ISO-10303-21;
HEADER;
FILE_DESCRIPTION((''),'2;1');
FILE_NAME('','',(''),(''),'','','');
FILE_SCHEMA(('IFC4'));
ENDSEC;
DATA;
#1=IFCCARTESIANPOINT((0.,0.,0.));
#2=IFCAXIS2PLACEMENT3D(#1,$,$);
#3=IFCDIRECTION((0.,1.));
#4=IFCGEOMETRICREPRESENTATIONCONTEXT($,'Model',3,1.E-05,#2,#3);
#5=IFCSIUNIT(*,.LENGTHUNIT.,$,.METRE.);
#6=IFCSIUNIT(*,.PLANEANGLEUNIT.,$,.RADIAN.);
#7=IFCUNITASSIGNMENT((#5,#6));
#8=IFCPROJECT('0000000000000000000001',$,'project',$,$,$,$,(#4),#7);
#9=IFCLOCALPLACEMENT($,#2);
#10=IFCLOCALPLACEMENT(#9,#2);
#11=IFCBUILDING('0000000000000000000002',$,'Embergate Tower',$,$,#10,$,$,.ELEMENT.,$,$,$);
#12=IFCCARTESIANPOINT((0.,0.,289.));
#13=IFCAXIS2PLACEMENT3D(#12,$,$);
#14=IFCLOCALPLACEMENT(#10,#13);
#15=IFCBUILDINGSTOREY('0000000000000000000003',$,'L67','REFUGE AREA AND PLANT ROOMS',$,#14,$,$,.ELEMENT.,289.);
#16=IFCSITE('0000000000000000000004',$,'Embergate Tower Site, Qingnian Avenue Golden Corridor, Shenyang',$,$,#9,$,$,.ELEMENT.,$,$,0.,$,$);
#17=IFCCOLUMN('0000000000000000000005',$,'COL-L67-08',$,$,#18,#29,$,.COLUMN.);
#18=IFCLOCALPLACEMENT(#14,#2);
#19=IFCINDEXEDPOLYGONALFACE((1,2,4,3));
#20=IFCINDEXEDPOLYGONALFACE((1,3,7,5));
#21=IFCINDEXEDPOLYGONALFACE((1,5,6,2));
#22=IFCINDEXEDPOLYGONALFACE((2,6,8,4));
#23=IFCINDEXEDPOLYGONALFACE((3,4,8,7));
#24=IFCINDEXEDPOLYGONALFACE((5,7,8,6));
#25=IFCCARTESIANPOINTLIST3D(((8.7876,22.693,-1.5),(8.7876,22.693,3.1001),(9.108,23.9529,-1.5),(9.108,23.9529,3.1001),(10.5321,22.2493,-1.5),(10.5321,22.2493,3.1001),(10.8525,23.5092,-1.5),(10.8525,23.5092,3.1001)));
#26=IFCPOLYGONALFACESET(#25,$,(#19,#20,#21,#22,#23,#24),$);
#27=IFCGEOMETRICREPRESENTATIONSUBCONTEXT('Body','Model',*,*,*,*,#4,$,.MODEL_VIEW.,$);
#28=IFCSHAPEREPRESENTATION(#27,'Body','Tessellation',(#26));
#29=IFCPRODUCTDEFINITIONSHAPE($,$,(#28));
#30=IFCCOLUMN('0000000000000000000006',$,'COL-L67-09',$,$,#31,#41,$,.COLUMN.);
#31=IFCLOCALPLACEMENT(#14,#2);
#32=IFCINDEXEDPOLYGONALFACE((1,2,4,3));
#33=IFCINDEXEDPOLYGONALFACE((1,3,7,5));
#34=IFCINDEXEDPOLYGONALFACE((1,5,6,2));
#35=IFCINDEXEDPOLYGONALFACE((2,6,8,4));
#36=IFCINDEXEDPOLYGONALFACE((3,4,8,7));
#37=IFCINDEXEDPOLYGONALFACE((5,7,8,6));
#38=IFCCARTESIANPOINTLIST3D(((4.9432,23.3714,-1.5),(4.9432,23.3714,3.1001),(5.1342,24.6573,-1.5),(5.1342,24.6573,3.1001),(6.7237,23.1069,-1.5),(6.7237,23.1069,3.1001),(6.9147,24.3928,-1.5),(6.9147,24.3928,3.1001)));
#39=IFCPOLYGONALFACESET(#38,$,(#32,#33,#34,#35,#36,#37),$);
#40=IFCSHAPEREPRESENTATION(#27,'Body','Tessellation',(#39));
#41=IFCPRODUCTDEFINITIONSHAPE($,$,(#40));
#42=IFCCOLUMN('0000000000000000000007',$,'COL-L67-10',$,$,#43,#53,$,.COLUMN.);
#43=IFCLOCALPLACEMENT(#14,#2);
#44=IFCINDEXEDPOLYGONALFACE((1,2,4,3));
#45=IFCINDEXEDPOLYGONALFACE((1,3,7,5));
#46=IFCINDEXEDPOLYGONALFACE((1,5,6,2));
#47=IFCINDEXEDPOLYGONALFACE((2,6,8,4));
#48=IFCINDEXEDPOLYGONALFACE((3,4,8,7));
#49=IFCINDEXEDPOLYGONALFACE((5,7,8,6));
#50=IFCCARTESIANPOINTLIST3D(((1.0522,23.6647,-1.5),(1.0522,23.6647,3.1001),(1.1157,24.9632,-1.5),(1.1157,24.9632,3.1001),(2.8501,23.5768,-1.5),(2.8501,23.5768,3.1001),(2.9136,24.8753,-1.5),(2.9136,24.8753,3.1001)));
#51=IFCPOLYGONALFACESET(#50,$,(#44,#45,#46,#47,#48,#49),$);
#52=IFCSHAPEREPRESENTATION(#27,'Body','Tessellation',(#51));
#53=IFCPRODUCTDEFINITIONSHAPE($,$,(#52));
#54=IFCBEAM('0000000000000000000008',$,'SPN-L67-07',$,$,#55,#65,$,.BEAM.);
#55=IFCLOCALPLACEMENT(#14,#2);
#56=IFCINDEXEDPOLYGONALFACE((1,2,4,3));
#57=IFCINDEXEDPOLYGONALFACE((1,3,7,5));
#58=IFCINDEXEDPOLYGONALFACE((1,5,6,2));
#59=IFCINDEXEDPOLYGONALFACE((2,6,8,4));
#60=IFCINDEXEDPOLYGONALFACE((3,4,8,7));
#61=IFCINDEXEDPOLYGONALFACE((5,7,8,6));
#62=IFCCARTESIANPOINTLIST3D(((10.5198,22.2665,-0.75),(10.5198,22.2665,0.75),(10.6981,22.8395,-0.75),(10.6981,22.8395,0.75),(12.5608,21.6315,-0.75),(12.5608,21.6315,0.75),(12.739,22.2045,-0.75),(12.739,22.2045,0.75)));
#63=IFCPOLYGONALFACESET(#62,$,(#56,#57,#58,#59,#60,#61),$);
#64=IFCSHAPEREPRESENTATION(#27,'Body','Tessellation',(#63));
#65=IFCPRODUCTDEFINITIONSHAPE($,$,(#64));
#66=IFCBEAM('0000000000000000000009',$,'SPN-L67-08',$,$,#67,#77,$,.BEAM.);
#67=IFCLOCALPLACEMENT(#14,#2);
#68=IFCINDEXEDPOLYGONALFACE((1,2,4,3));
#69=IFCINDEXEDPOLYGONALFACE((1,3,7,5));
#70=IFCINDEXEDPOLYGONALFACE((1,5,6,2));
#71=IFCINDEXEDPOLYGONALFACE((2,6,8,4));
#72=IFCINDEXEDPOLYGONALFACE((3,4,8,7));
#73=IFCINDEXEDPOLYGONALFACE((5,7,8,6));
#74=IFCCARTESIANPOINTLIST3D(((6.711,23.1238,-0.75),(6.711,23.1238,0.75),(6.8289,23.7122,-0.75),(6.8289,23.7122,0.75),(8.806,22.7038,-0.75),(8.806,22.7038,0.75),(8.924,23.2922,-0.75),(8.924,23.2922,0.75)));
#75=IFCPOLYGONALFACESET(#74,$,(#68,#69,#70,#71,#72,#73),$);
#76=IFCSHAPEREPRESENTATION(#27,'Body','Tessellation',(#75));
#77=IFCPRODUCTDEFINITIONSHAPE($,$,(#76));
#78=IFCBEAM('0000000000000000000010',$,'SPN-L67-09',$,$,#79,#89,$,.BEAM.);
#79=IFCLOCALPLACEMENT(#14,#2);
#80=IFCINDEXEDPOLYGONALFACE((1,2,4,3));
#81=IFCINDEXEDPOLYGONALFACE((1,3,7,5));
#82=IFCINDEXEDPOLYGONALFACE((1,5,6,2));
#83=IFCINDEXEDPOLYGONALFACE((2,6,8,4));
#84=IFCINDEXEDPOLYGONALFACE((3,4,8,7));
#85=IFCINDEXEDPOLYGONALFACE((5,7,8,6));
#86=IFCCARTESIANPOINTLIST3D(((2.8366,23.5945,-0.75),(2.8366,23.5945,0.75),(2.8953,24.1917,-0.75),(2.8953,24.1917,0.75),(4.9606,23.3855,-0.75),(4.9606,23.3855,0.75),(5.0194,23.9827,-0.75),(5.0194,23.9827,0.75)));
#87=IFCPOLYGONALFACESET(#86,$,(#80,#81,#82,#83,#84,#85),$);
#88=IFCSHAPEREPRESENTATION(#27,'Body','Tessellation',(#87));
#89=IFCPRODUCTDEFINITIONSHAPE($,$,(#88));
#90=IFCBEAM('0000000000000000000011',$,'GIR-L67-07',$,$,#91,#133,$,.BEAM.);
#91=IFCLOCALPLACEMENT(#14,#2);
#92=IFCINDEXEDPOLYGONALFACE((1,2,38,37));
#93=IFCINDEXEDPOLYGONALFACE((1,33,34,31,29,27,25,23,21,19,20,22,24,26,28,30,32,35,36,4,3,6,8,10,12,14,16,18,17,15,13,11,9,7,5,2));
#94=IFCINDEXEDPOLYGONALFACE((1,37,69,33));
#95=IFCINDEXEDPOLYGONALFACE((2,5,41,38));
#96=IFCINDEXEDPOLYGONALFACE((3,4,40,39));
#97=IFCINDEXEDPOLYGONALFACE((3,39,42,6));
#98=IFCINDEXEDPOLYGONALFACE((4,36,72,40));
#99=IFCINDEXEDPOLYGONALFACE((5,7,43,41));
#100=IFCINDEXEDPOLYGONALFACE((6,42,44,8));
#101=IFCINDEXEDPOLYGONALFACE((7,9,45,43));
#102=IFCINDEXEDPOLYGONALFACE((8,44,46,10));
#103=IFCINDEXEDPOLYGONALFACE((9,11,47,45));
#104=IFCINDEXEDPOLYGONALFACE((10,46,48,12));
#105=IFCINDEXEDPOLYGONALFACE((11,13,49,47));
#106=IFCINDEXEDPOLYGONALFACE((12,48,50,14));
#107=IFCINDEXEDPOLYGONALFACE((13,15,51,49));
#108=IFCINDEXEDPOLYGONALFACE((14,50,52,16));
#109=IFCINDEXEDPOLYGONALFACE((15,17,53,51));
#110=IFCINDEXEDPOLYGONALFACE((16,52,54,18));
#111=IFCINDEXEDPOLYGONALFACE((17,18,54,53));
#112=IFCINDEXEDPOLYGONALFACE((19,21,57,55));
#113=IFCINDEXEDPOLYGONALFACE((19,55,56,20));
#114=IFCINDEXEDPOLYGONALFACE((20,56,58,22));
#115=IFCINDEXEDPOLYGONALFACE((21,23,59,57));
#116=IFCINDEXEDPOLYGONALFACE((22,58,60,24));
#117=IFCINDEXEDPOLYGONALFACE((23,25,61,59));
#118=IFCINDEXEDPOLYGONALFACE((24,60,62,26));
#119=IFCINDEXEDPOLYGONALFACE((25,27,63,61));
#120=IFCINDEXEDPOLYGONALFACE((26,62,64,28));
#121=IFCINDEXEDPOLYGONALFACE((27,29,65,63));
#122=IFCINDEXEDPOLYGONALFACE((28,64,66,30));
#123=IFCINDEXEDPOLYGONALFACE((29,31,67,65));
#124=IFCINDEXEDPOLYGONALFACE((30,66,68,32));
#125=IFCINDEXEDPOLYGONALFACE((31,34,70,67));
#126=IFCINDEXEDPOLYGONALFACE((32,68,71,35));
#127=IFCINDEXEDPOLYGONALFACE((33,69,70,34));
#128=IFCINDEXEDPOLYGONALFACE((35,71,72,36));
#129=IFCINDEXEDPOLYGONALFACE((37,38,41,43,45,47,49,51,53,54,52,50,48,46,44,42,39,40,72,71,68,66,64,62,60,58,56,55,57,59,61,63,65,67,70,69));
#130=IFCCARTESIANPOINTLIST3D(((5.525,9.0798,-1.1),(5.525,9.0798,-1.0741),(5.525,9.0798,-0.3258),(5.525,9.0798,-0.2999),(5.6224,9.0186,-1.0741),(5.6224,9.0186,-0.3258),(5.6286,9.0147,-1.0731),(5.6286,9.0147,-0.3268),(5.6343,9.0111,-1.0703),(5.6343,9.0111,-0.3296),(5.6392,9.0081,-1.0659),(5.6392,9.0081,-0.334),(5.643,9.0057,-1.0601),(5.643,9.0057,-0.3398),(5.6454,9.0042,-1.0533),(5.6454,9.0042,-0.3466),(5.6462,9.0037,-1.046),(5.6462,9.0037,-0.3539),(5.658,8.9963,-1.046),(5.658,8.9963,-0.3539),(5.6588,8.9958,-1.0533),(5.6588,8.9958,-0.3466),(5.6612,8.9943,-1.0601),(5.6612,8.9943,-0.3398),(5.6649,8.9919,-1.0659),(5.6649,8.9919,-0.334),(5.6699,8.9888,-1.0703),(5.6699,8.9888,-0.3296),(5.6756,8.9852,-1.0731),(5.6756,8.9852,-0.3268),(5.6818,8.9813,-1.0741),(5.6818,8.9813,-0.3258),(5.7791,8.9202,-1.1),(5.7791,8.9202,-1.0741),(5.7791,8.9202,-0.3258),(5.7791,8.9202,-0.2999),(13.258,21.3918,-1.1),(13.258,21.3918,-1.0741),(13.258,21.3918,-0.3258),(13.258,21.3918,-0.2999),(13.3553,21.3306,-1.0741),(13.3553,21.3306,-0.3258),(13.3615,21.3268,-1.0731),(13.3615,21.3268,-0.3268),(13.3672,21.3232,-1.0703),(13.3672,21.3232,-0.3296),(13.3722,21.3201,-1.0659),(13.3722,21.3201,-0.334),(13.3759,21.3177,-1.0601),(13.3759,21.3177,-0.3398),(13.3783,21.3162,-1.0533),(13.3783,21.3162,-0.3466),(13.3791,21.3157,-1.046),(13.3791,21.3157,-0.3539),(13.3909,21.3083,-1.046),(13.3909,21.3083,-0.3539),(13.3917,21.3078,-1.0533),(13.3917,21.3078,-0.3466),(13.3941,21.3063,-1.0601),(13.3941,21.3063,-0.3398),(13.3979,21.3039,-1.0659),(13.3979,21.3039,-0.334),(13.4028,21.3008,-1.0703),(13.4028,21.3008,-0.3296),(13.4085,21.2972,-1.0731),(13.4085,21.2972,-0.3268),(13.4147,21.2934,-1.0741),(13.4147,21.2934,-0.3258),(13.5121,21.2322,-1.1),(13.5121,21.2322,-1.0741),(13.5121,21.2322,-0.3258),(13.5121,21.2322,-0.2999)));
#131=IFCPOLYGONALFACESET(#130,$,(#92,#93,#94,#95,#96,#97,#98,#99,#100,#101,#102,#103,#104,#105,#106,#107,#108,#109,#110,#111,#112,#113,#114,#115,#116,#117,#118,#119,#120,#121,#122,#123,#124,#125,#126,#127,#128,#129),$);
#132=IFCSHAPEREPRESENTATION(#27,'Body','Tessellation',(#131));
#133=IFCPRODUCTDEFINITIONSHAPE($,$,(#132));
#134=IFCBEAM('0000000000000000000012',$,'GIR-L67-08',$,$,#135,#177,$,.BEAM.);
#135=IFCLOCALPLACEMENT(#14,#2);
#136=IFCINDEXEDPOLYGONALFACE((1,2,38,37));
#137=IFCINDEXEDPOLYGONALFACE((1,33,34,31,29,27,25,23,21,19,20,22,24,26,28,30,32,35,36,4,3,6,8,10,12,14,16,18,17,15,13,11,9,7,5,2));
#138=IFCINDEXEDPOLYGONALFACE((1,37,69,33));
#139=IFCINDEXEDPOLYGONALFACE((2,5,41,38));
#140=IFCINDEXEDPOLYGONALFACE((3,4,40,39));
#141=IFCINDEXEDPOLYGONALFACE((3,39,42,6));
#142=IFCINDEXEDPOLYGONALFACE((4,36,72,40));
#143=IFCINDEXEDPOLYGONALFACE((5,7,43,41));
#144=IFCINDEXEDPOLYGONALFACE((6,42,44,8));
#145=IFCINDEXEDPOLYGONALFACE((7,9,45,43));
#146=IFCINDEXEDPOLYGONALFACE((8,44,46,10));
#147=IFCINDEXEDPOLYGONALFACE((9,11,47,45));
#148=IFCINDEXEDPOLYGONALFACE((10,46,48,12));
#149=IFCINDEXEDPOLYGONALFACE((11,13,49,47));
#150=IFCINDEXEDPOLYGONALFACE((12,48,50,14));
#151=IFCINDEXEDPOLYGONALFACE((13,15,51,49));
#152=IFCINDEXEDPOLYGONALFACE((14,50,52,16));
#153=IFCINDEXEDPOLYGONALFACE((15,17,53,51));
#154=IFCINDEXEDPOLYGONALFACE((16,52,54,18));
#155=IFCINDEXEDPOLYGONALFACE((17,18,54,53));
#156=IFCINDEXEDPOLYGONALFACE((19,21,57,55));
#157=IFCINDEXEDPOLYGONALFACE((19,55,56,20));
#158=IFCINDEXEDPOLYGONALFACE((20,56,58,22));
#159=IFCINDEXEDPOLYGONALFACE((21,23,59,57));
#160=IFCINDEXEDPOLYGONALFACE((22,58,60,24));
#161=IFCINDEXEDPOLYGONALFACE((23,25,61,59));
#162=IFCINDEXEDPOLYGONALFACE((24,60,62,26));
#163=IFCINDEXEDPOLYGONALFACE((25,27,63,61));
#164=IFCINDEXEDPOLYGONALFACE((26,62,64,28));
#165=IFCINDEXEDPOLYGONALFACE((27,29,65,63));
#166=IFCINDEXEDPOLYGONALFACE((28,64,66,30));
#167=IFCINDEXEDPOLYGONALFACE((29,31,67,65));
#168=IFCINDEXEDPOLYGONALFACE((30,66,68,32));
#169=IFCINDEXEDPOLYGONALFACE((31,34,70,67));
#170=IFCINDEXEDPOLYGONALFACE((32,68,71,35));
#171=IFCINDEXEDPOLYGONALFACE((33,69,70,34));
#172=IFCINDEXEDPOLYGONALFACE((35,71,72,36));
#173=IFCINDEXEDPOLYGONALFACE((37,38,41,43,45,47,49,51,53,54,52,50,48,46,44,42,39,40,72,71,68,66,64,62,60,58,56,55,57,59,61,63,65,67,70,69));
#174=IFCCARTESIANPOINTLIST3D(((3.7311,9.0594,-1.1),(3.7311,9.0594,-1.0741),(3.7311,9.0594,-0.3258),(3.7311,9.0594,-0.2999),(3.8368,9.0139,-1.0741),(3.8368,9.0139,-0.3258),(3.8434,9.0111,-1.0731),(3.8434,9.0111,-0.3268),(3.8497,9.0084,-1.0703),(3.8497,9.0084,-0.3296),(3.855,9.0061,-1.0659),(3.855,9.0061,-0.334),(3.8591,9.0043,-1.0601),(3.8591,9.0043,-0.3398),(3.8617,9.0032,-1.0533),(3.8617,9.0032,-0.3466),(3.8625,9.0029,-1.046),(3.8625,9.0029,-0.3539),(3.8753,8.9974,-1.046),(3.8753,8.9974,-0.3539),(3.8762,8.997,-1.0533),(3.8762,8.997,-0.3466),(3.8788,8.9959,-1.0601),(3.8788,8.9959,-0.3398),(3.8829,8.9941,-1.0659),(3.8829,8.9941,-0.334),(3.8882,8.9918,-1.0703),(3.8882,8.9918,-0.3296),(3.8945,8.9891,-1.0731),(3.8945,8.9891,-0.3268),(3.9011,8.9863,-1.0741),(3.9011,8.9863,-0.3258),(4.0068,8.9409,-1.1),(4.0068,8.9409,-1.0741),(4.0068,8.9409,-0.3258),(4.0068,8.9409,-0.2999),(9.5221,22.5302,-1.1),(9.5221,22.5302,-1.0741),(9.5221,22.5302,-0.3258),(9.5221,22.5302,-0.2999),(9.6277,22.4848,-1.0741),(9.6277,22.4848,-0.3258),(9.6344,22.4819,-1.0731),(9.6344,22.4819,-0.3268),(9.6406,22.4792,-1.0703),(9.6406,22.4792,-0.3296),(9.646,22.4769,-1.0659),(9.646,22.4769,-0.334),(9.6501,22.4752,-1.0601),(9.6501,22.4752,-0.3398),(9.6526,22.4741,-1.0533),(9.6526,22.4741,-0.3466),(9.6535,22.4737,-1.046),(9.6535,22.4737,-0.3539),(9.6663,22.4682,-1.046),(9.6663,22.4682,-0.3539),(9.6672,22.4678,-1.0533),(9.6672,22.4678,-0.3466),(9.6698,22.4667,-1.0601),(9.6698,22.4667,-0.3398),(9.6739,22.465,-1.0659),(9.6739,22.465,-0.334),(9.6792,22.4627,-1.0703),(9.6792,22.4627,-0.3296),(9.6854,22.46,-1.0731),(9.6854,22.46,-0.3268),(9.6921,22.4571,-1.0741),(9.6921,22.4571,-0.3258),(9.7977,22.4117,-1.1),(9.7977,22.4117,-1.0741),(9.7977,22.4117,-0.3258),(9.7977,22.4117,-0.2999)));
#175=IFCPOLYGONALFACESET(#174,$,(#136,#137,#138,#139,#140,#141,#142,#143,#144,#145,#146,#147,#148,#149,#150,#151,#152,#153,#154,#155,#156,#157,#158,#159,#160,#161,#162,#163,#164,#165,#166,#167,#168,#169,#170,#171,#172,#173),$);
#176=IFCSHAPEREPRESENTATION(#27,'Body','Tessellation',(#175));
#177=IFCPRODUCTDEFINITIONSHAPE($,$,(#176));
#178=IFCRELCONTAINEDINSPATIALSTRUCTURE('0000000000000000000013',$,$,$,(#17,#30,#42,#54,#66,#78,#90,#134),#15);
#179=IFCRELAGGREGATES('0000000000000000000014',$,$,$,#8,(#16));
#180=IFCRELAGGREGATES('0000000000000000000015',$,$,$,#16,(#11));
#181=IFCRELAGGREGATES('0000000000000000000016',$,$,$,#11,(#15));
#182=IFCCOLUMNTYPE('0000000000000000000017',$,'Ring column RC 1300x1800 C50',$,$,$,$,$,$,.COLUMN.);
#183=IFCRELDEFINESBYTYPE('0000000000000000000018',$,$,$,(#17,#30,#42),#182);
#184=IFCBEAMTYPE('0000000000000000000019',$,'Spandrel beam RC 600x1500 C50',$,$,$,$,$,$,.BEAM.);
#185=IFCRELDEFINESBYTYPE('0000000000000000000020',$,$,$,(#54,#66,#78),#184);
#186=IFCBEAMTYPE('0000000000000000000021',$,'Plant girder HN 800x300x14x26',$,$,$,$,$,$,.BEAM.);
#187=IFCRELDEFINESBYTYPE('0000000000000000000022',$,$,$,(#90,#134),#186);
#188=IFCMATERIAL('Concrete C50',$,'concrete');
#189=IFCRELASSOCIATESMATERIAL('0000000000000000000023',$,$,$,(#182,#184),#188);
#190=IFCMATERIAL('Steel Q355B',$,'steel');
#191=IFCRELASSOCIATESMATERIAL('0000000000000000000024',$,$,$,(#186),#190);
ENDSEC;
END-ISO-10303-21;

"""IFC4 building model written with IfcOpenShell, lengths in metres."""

from ifc_helpers import new_model, si_unit, direction, frame, origin, origin_2d, place, context, subcontext, project, spatial, rectangle, i_section, extrude, source, transform, mapped, material, material_profile, profile_set, type_object, element, save


model = new_model("IFC4")

# Units and contexts
model_context = context("Model", 3, precision=1e-05, world=origin(), true_north=direction((0.0, 1.0)))
body_context = subcontext(model_context, "Body", "Model", "MODEL_VIEW")
ifc_project = project(units=[si_unit("LENGTHUNIT", "METRE"), si_unit("PLANEANGLEUNIT", "RADIAN")], contexts=[model_context])

# Site, building, storey
site_placement = place(None, origin())
site = spatial("IfcSite", under=ifc_project, at=site_placement, Name="Embergate Tower Site, Qingnian Avenue Golden Corridor, Shenyang", CompositionType="ELEMENT", RefElevation=0.0)
building_placement = place(site_placement, origin())
building = spatial("IfcBuilding", under=site, at=building_placement, Name="Embergate Tower", CompositionType="ELEMENT")
storey_placement = place(building_placement, frame((0.0, 0.0, 289.0)))
storey = spatial("IfcBuildingStorey", under=building, at=storey_placement, Name="L67", Description="REFUGE AREA AND PLANT ROOMS", CompositionType="ELEMENT", Elevation=289.0)

# Columns
ifc_material_1 = material(Name="Concrete C50", Category="concrete")
ifc_material_profile_1 = material_profile(ifc_material_1, rectangle(XDim=1.3, YDim=1.8, at=origin_2d()), Name="RC 1300x1800")
ifc_profile_set_1 = profile_set([ifc_material_profile_1], Name="Concrete C50")
column_type = type_object("IfcColumnType", Name="Ring column RC 1300x1800 C50", PredefinedType="COLUMN", material=ifc_profile_set_1)
shared_shape_1 = source(origin(), body_context, "Body", "SweptSolid", [
    extrude(rectangle(XDim=1.3, YDim=1.8, at=origin_2d()), origin(), (0.0, 0.0, 1.0), 4.6001),
])
for number, where, z_axis, x_axis, name in (
    (1, (9.8201, 23.1011, -1.5), (0.0, 0.0, 1.0), (0.246492, 0.969145, 0.0), "COL-L67-08"),
    (2, (5.929, 23.8821, -1.5), (0.0, 0.0, 1.0), (0.146929, 0.989147, 0.0), "COL-L67-09"),
    (3, (1.9829, 24.27, -1.5), (0.0, 0.0, 1.0), (0.048815, 0.998808, 0.0), "COL-L67-10"),
):
    element("IfcColumn", number, at=place(storey_placement, frame(where, z_axis=z_axis, x_axis=x_axis)), inside=storey, type_object=column_type, Name=name, PredefinedType="COLUMN", context=body_context, shape_type="MappedRepresentation", body=[
        mapped(shared_shape_1, transform((0.0, 0.0, 0.0))),
    ])

# Beams
ifc_material_profile_2 = material_profile(ifc_material_1, rectangle(XDim=0.6001, YDim=1.5, at=origin_2d()), Name="RC 600x1500")
ifc_profile_set_2 = profile_set([ifc_material_profile_2], Name="Concrete C50")
beam_type_1 = type_object("IfcBeamType", Name="Spandrel beam RC 600x1500 C50", PredefinedType="BEAM", material=ifc_profile_set_2)
shared_shape_2 = source(origin(), body_context, "Body", "SweptSolid", [
    extrude(rectangle(XDim=0.6001, YDim=1.5, at=origin_2d()), origin(), (0.0, 0.0, 1.0), 2.1375),
])
beam_1_placement = place(storey_placement, frame((12.6499, 21.918, 0.0), z_axis=(-0.954853, 0.297078, 0.0), x_axis=(-0.297078, -0.954853, 0.0)))
element("IfcBeam", 4, at=beam_1_placement, inside=storey, type_object=beam_type_1, Name="SPN-L67-07", PredefinedType="BEAM", context=body_context, shape_type="MappedRepresentation", body=[
    mapped(shared_shape_2, transform((0.0, 0.0, 0.0))),
])
shared_shape_3 = source(origin(), body_context, "Body", "SweptSolid", [
    extrude(rectangle(XDim=0.6001, YDim=1.5, at=origin_2d()), origin(), (0.0, 0.0, 1.0), 2.1367),
])
beam_2_placement = place(storey_placement, frame((8.865, 22.998, 0.0), z_axis=(-0.980497, 0.196534, 0.0), x_axis=(-0.196534, -0.980497, 0.0)))
element("IfcBeam", 5, at=beam_2_placement, inside=storey, type_object=beam_type_1, Name="SPN-L67-08", PredefinedType="BEAM", context=body_context, shape_type="MappedRepresentation", body=[
    mapped(shared_shape_3, transform((0.0, 0.0, 0.0))),
])
shared_shape_4 = source(origin(), body_context, "Body", "SweptSolid", [
    extrude(rectangle(XDim=0.6001, YDim=1.5, at=origin_2d()), origin(), (0.0, 0.0, 1.0), 2.1343),
])
beam_3_placement = place(storey_placement, frame((4.99, 23.6841, 0.0), z_axis=(-0.995194, 0.097918, 0.0), x_axis=(-0.097918, -0.995194, 0.0)))
element("IfcBeam", 6, at=beam_3_placement, inside=storey, type_object=beam_type_1, Name="SPN-L67-09", PredefinedType="BEAM", context=body_context, shape_type="MappedRepresentation", body=[
    mapped(shared_shape_4, transform((0.0, 0.0, 0.0))),
])
ifc_material_2 = material(Name="Steel Q355B", Category="steel")
ifc_material_profile_3 = material_profile(ifc_material_2, i_section(OverallWidth=0.3, OverallDepth=0.8, WebThickness=0.0139, FlangeThickness=0.0259, FilletRadius=0.0281, at=origin_2d()), Name="HN 800x300x14x26")
ifc_profile_set_3 = profile_set([ifc_material_profile_3], Name="Steel Q355 grade B")
beam_type_2 = type_object("IfcBeamType", Name="Plant girder HN 800x300x14x26", PredefinedType="BEAM", material=ifc_profile_set_3)
shared_shape_5 = source(origin(), body_context, "Body", "SweptSolid", [
    extrude(i_section(OverallWidth=0.3, OverallDepth=0.8, WebThickness=0.0139, FlangeThickness=0.0259, FilletRadius=0.0281, at=origin_2d()), origin(), (0.0, 0.0, 1.0), 14.5391),
])
beam_4_placement = place(storey_placement, frame((13.385, 21.312, -0.7), z_axis=(-0.531872, -0.846825, 0.0), x_axis=(0.846825, -0.531872, 0.0)))
element("IfcBeam", 7, at=beam_4_placement, inside=storey, type_object=beam_type_2, Name="GIR-L67-07", PredefinedType="BEAM", context=body_context, shape_type="MappedRepresentation", body=[
    mapped(shared_shape_5, transform((0.0, 0.0, 0.0))),
])
shared_shape_6 = source(origin(), body_context, "Body", "SweptSolid", [
    extrude(i_section(OverallWidth=0.3, OverallDepth=0.8, WebThickness=0.0139, FlangeThickness=0.0259, FilletRadius=0.0281, at=origin_2d()), origin(), (0.0, 0.0, 1.0), 14.6628),
])
beam_5_placement = place(storey_placement, frame((9.6599, 22.4709, -0.7), z_axis=(-0.394942, -0.918706, 0.0), x_axis=(0.918706, -0.394942, 0.0)))
element("IfcBeam", 8, at=beam_5_placement, inside=storey, type_object=beam_type_2, Name="GIR-L67-08", PredefinedType="BEAM", context=body_context, shape_type="MappedRepresentation", body=[
    mapped(shared_shape_6, transform((0.0, 0.0, 0.0))),
])

save(model, "model.ifc")
